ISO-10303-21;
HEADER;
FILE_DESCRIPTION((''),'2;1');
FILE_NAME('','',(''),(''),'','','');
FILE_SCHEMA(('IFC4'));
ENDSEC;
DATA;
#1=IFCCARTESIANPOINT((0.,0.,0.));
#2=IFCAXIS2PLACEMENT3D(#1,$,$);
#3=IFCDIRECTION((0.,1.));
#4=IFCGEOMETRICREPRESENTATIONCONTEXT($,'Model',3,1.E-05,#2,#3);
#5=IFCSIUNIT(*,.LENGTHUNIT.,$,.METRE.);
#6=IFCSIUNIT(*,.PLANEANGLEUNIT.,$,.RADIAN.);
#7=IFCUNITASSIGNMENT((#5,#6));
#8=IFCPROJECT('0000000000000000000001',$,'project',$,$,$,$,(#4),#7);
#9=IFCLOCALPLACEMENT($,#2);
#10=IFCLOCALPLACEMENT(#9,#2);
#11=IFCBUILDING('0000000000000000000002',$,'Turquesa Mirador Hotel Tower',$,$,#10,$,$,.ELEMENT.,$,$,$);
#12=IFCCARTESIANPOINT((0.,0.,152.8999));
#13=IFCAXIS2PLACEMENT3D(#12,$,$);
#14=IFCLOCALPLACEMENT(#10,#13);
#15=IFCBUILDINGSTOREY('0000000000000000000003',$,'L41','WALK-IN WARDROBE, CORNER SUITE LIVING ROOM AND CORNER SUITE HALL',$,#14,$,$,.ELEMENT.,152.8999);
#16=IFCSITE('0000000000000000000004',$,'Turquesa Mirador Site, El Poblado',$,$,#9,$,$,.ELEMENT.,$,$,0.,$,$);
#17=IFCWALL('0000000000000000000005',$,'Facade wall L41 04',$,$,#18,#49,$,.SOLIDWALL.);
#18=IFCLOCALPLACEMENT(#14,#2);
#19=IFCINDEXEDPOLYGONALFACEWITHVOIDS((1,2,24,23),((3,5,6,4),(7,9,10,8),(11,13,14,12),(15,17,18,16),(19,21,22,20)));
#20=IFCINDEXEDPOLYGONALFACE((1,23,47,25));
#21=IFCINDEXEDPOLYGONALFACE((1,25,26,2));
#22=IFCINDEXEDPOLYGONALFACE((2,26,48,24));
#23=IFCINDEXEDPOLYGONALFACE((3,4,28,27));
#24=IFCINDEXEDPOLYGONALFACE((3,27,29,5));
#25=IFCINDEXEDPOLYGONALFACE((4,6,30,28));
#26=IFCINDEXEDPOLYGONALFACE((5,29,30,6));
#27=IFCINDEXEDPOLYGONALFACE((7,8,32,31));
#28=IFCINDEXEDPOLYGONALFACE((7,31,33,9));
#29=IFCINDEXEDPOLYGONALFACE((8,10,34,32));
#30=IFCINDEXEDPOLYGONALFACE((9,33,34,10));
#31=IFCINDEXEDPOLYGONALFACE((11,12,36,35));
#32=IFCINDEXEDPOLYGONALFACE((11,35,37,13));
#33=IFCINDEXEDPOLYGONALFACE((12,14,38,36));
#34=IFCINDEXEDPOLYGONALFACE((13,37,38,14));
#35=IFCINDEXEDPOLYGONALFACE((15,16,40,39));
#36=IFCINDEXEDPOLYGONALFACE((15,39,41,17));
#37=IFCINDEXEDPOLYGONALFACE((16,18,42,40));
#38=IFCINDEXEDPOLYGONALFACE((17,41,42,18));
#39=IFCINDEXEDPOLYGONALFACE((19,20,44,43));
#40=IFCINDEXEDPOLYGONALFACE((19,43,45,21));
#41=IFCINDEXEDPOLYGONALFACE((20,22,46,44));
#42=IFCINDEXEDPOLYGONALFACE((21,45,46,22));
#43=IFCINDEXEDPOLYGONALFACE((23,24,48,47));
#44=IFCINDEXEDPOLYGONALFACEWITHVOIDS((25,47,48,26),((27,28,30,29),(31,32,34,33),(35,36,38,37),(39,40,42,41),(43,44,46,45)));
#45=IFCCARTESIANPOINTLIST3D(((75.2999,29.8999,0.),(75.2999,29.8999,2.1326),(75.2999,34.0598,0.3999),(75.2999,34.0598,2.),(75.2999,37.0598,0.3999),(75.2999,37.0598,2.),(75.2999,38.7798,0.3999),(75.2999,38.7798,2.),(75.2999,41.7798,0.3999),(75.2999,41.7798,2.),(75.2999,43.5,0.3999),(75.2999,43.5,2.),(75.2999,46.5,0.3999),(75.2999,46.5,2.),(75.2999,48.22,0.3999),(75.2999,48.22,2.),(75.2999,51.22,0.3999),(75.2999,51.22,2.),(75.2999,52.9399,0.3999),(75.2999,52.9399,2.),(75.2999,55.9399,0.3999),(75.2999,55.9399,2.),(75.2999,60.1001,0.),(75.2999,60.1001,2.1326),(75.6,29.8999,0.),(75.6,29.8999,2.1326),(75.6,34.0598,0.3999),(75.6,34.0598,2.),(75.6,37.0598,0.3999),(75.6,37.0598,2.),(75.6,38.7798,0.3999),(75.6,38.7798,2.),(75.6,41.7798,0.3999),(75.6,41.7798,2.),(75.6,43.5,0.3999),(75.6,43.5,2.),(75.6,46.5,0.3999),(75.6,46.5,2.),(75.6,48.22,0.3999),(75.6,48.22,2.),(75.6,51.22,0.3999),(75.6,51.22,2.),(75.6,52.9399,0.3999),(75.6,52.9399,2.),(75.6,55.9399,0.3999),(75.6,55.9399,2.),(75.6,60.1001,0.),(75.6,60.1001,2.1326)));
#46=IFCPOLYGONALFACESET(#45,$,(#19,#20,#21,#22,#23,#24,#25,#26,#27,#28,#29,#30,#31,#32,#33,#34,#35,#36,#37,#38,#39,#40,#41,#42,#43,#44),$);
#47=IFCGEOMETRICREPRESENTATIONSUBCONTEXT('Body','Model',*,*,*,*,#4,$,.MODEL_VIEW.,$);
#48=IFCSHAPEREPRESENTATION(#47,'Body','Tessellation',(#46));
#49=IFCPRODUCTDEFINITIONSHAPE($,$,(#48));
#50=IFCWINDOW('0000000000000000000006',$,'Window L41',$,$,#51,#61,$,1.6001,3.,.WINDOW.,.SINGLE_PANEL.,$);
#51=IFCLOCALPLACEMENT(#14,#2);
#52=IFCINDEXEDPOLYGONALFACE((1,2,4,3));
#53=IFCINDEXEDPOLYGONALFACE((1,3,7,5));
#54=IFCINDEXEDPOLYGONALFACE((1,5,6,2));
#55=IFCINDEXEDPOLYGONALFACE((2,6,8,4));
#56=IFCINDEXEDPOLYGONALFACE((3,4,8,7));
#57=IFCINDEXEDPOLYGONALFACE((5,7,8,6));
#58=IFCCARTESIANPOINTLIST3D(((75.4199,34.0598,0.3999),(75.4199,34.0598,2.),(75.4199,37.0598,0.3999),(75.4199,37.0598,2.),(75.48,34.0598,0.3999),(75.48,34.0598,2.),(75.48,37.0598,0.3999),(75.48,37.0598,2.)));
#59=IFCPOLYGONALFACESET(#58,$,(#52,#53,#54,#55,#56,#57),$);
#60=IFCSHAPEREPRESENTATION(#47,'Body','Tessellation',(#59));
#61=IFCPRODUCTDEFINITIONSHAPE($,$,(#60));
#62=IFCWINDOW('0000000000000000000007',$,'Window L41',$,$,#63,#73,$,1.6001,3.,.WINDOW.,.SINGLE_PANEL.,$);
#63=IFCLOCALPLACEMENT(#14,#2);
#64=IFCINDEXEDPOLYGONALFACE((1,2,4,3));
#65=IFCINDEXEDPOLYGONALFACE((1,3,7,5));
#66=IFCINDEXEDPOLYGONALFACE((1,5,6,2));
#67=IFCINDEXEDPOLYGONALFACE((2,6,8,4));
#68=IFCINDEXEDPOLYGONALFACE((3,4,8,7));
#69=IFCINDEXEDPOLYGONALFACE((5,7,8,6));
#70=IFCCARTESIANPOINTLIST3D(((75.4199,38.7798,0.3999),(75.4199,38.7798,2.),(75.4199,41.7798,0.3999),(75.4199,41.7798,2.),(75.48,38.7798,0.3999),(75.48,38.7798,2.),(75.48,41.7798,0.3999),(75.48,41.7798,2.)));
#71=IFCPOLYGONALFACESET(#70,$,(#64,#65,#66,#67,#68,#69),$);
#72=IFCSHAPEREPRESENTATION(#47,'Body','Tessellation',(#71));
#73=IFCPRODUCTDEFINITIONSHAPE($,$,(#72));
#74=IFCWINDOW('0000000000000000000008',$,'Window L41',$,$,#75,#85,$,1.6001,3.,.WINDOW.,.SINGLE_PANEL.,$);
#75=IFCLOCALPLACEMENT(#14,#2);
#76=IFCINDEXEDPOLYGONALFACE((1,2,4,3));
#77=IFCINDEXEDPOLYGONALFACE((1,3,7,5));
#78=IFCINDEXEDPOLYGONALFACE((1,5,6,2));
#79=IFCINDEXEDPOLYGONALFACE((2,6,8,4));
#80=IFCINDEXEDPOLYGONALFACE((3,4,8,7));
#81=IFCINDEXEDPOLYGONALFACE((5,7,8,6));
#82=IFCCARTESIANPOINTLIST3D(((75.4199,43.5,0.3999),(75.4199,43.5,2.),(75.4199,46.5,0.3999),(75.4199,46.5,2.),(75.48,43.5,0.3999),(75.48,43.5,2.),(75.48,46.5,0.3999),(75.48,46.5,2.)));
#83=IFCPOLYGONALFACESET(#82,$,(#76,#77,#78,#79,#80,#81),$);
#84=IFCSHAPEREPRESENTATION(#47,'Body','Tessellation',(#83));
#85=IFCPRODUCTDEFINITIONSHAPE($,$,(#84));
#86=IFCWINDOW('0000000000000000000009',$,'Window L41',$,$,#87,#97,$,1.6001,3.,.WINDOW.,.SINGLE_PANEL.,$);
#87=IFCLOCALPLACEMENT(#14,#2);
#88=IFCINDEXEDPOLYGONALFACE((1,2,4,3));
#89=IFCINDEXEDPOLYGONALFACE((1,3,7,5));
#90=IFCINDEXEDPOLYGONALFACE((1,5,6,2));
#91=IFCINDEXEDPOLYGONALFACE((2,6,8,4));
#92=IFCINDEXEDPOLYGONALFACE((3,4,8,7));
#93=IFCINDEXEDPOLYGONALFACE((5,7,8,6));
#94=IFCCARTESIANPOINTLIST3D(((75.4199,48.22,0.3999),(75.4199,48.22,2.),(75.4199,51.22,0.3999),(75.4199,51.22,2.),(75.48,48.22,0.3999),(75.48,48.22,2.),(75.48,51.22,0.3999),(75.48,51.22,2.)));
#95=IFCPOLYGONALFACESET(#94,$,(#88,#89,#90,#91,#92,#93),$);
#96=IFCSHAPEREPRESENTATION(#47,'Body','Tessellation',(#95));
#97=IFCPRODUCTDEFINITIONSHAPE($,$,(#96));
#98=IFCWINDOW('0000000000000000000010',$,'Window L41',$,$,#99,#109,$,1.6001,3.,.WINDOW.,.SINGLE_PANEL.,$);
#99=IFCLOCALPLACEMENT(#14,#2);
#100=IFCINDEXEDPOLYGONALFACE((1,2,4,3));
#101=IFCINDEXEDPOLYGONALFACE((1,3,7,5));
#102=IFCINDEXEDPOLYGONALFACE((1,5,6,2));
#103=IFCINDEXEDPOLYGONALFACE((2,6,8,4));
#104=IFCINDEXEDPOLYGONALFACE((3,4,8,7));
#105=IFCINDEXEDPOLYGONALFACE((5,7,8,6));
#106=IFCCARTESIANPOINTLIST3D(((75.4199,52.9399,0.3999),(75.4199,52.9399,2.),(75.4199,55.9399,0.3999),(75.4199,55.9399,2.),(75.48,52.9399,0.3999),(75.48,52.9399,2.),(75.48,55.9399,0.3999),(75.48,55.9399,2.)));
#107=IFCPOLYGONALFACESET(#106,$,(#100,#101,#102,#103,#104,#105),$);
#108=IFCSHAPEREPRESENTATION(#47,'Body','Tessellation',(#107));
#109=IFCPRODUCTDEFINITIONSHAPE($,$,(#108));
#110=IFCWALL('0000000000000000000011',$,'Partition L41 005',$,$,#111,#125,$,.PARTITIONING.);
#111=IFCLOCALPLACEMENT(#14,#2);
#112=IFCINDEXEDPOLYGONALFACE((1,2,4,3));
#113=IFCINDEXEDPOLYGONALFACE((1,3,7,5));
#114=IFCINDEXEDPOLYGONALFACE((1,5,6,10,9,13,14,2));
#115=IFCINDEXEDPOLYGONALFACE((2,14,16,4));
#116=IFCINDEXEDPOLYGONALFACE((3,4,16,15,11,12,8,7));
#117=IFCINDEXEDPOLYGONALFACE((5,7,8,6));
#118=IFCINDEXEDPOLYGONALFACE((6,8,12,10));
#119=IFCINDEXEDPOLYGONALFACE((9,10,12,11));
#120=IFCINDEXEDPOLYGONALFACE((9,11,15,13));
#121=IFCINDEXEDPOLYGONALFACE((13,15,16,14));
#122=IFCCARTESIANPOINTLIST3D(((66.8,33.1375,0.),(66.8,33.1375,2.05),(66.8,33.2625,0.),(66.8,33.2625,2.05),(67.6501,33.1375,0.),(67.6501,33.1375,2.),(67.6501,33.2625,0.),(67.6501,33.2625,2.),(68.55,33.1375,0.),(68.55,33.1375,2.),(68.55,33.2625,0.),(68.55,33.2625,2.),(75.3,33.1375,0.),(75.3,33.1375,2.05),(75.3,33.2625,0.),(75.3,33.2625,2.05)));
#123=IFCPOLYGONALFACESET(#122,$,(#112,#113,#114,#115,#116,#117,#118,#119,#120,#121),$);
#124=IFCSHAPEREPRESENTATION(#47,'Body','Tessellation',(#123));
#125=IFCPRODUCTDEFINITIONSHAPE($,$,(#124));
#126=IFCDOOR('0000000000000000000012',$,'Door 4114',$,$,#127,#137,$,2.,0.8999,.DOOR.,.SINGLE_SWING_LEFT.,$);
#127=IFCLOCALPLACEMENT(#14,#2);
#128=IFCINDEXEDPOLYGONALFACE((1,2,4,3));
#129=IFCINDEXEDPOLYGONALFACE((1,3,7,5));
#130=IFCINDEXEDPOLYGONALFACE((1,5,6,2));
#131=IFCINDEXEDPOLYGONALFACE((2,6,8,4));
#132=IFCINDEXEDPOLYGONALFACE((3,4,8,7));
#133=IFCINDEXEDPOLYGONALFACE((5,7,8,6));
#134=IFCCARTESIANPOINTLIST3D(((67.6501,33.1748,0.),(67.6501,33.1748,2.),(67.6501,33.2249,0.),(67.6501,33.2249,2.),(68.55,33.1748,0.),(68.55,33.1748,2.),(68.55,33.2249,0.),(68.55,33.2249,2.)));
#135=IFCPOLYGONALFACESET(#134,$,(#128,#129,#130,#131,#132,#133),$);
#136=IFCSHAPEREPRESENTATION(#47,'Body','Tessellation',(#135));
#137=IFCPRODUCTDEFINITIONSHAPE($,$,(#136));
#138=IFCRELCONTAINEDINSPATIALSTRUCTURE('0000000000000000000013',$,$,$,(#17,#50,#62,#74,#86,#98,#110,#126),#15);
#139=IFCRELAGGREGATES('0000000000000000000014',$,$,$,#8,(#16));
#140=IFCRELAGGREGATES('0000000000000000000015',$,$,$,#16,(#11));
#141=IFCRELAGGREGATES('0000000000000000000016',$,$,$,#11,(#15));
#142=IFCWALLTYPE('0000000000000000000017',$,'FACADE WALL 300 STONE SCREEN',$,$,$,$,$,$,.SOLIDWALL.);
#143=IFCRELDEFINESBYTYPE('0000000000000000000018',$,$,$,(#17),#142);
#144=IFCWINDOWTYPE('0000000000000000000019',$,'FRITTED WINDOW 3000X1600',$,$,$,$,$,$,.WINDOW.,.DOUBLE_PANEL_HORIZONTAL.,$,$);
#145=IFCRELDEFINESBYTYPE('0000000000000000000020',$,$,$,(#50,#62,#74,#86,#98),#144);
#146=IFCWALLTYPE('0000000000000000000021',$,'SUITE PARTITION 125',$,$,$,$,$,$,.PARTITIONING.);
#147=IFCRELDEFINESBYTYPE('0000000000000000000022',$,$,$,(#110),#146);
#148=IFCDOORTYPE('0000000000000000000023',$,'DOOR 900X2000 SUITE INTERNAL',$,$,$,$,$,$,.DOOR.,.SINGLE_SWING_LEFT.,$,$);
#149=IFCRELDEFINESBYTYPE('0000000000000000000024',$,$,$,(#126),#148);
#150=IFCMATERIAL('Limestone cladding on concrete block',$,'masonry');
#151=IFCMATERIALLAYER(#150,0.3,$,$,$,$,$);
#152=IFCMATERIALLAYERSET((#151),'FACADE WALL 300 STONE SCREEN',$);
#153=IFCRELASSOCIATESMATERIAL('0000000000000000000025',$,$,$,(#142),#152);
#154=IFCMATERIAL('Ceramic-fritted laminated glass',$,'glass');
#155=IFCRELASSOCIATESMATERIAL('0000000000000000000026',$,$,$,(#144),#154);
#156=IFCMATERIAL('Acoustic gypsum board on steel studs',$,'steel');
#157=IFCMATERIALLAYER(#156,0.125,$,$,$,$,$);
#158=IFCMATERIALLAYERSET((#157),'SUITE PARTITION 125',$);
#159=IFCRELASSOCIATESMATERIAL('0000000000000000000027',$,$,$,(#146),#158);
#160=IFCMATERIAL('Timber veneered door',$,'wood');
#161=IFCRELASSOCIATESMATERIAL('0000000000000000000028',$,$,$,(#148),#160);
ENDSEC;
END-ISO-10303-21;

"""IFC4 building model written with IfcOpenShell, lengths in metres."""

from ifc_helpers import new_model, si_unit, direction, frame, frame_2d, origin, place, context, subcontext, project, spatial, rectangle, extrude, material, layer, layer_set, type_object, element, fill, save


model = new_model("IFC4")

# Units and contexts
model_context = context("Model", 3, precision=1e-05, world=origin(), true_north=direction((0.0, 1.0)))
body_context = subcontext(model_context, "Body", "Model", "MODEL_VIEW")
ifc_project = project(units=[si_unit("LENGTHUNIT", "METRE"), si_unit("PLANEANGLEUNIT", "RADIAN")], contexts=[model_context])

# Site, building, storey
site_placement = place(None, origin())
site = spatial("IfcSite", under=ifc_project, at=site_placement, Name="Turquesa Mirador Site, El Poblado", CompositionType="ELEMENT", RefElevation=0.0)
building_placement = place(site_placement, origin())
building = spatial("IfcBuilding", under=site, at=building_placement, Name="Turquesa Mirador Hotel Tower", CompositionType="ELEMENT")
storey_placement = place(building_placement, frame((0.0, 0.0, 152.8999)))
storey = spatial("IfcBuildingStorey", under=building, at=storey_placement, Name="L41", Description="WALK-IN WARDROBE, CORNER SUITE LIVING ROOM AND CORNER SUITE HALL", CompositionType="ELEMENT", Elevation=152.8999)

# Shared definitions
ifc_material_1 = material(Name="Limestone cladding on concrete block", Category="masonry")
ifc_layer_1 = layer(ifc_material_1, 0.3)
ifc_layer_set_1 = layer_set([ifc_layer_1], Name="FACADE WALL 300 STONE SCREEN")
wall_type_1 = type_object("IfcWallType", Name="FACADE WALL 300 STONE SCREEN", PredefinedType="SOLIDWALL", material=ifc_layer_set_1)

# Wall, openings, windows
wall_1_placement = place(storey_placement, frame((75.45, 29.8999, 0.0), z_axis=(0.0, 0.0, 1.0), x_axis=(0.0, 1.0, 0.0)))
wall_1 = element("IfcWall", 1, at=wall_1_placement, inside=storey, type_object=wall_type_1, Name="Facade wall L41 04", PredefinedType="SOLIDWALL", context=body_context, shape_type="SweptSolid", body=[
    extrude(rectangle(XDim=30.2002, YDim=0.3, at=frame_2d((15.1001, 0.0))), origin(), (0.0, 0.0, 1.0), 2.1326),
])
opening_1_placement = place(wall_1_placement, frame((4.1599, 0.0, 0.3999)))
opening_1 = element("IfcOpeningElement", 2, at=opening_1_placement, cuts=wall_1, PredefinedType="OPENING", context=body_context, shape_type="SweptSolid", body=[
    extrude(rectangle(XDim=3.0, YDim=1.6001, at=frame_2d((1.5, 0.8))), frame((0.0, 0.1599, 0.0), z_axis=(0.0, -1.0, 0.0), x_axis=(1.0, 0.0, 0.0)), (0.0, 0.0, 1.0), 0.3201),
])
opening_2_placement = place(wall_1_placement, frame((8.8799, 0.0, 0.3999)))
opening_2 = element("IfcOpeningElement", 3, at=opening_2_placement, cuts=wall_1, PredefinedType="OPENING", context=body_context, shape_type="SweptSolid", body=[
    extrude(rectangle(XDim=3.0, YDim=1.6001, at=frame_2d((1.5, 0.8))), frame((0.0, 0.1599, 0.0), z_axis=(0.0, -1.0, 0.0), x_axis=(1.0, 0.0, 0.0)), (0.0, 0.0, 1.0), 0.3201),
])
opening_3_placement = place(wall_1_placement, frame((13.6001, 0.0, 0.3999)))
opening_3 = element("IfcOpeningElement", 4, at=opening_3_placement, cuts=wall_1, PredefinedType="OPENING", context=body_context, shape_type="SweptSolid", body=[
    extrude(rectangle(XDim=3.0, YDim=1.6001, at=frame_2d((1.5, 0.8))), frame((0.0, 0.1599, 0.0), z_axis=(0.0, -1.0, 0.0), x_axis=(1.0, 0.0, 0.0)), (0.0, 0.0, 1.0), 0.3201),
])
opening_4_placement = place(wall_1_placement, frame((18.3201, 0.0, 0.3999)))
opening_4 = element("IfcOpeningElement", 5, at=opening_4_placement, cuts=wall_1, PredefinedType="OPENING", context=body_context, shape_type="SweptSolid", body=[
    extrude(rectangle(XDim=3.0, YDim=1.6001, at=frame_2d((1.5, 0.8))), frame((0.0, 0.1599, 0.0), z_axis=(0.0, -1.0, 0.0), x_axis=(1.0, 0.0, 0.0)), (0.0, 0.0, 1.0), 0.3201),
])
opening_5_placement = place(wall_1_placement, frame((23.04, 0.0, 0.3999)))
opening_5 = element("IfcOpeningElement", 6, at=opening_5_placement, cuts=wall_1, PredefinedType="OPENING", context=body_context, shape_type="SweptSolid", body=[
    extrude(rectangle(XDim=3.0, YDim=1.6001, at=frame_2d((1.5, 0.8))), frame((0.0, 0.1599, 0.0), z_axis=(0.0, -1.0, 0.0), x_axis=(1.0, 0.0, 0.0)), (0.0, 0.0, 1.0), 0.3201),
])
ifc_material_2 = material(Name="Ceramic-fritted laminated glass", Category="glass")
window_type_1 = type_object("IfcWindowType", Name="FRITTED WINDOW 3000X1600", PartitioningType="DOUBLE_PANEL_HORIZONTAL", PredefinedType="WINDOW", material=ifc_material_2)
window_1_placement = place(opening_1_placement, origin())
window_1 = element("IfcWindow", 7, at=window_1_placement, inside=storey, type_object=window_type_1, Name="Window L41", OverallHeight=1.6001, OverallWidth=3.0, PartitioningType="SINGLE_PANEL", PredefinedType="WINDOW", context=body_context, shape_type="SweptSolid", body=[
    extrude(rectangle(XDim=3.0, YDim=1.6001, at=frame_2d((1.5, 0.8))), frame((0.0, 0.03, 0.0), z_axis=(0.0, -1.0, 0.0), x_axis=(1.0, 0.0, 0.0)), (0.0, 0.0, 1.0), 0.0601),
])
fill(opening_1, window_1)
window_2_placement = place(opening_2_placement, origin())
window_2 = element("IfcWindow", 8, at=window_2_placement, inside=storey, type_object=window_type_1, Name="Window L41", OverallHeight=1.6001, OverallWidth=3.0, PartitioningType="SINGLE_PANEL", PredefinedType="WINDOW", context=body_context, shape_type="SweptSolid", body=[
    extrude(rectangle(XDim=3.0, YDim=1.6001, at=frame_2d((1.5, 0.8))), frame((0.0, 0.03, 0.0), z_axis=(0.0, -1.0, 0.0), x_axis=(1.0, 0.0, 0.0)), (0.0, 0.0, 1.0), 0.0601),
])
fill(opening_2, window_2)
window_3_placement = place(opening_3_placement, origin())
window_3 = element("IfcWindow", 9, at=window_3_placement, inside=storey, type_object=window_type_1, Name="Window L41", OverallHeight=1.6001, OverallWidth=3.0, PartitioningType="SINGLE_PANEL", PredefinedType="WINDOW", context=body_context, shape_type="SweptSolid", body=[
    extrude(rectangle(XDim=3.0, YDim=1.6001, at=frame_2d((1.5, 0.8))), frame((0.0, 0.03, 0.0), z_axis=(0.0, -1.0, 0.0), x_axis=(1.0, 0.0, 0.0)), (0.0, 0.0, 1.0), 0.0601),
])
fill(opening_3, window_3)
window_4_placement = place(opening_4_placement, origin())
window_4 = element("IfcWindow", 10, at=window_4_placement, inside=storey, type_object=window_type_1, Name="Window L41", OverallHeight=1.6001, OverallWidth=3.0, PartitioningType="SINGLE_PANEL", PredefinedType="WINDOW", context=body_context, shape_type="SweptSolid", body=[
    extrude(rectangle(XDim=3.0, YDim=1.6001, at=frame_2d((1.5, 0.8))), frame((0.0, 0.03, 0.0), z_axis=(0.0, -1.0, 0.0), x_axis=(1.0, 0.0, 0.0)), (0.0, 0.0, 1.0), 0.0601),
])
fill(opening_4, window_4)
window_5_placement = place(opening_5_placement, origin())
window_5 = element("IfcWindow", 11, at=window_5_placement, inside=storey, type_object=window_type_1, Name="Window L41", OverallHeight=1.6001, OverallWidth=3.0, PartitioningType="SINGLE_PANEL", PredefinedType="WINDOW", context=body_context, shape_type="SweptSolid", body=[
    extrude(rectangle(XDim=3.0, YDim=1.6001, at=frame_2d((1.5, 0.8))), frame((0.0, 0.03, 0.0), z_axis=(0.0, -1.0, 0.0), x_axis=(1.0, 0.0, 0.0)), (0.0, 0.0, 1.0), 0.0601),
])
fill(opening_5, window_5)

# Wall, opening, door
ifc_material_3 = material(Name="Acoustic gypsum board on steel studs", Category="steel")
ifc_layer_2 = layer(ifc_material_3, 0.125)
ifc_layer_set_2 = layer_set([ifc_layer_2], Name="SUITE PARTITION 125")
wall_type_2 = type_object("IfcWallType", Name="SUITE PARTITION 125", PredefinedType="PARTITIONING", material=ifc_layer_set_2)
wall_2_placement = place(storey_placement, frame((66.8, 33.2, 0.0), z_axis=(0.0, 0.0, 1.0), x_axis=(1.0, 0.0, 0.0)))
wall_2 = element("IfcWall", 12, at=wall_2_placement, inside=storey, type_object=wall_type_2, Name="Partition L41 005", PredefinedType="PARTITIONING", context=body_context, shape_type="SweptSolid", body=[
    extrude(rectangle(XDim=8.5, YDim=0.125, at=frame_2d((4.25, 0.0))), origin(), (0.0, 0.0, 1.0), 2.05),
])
opening_6_placement = place(wall_2_placement, frame((0.8501, 0.0, 0.0)))
opening_6 = element("IfcOpeningElement", 13, at=opening_6_placement, cuts=wall_2, PredefinedType="OPENING", context=body_context, shape_type="SweptSolid", body=[
    extrude(rectangle(XDim=0.8999, YDim=2.0, at=frame_2d((0.45, 1.0))), frame((0.0, 0.0725, 0.0), z_axis=(0.0, -1.0, 0.0), x_axis=(1.0, 0.0, 0.0)), (0.0, 0.0, 1.0), 0.145),
])
ifc_material_4 = material(Name="Timber veneered door", Category="wood")
door_type_1 = type_object("IfcDoorType", Name="DOOR 900X2000 SUITE INTERNAL", OperationType="SINGLE_SWING_LEFT", PredefinedType="DOOR", material=ifc_material_4)
door_1_placement = place(opening_6_placement, origin())
door_1 = element("IfcDoor", 14, at=door_1_placement, inside=storey, type_object=door_type_1, Name="Door 4114", OperationType="SINGLE_SWING_LEFT", OverallHeight=2.0, OverallWidth=0.8999, PredefinedType="DOOR", context=body_context, shape_type="SweptSolid", body=[
    extrude(rectangle(XDim=0.8999, YDim=2.0, at=frame_2d((0.45, 1.0))), frame((0.0, 0.0249, 0.0), z_axis=(0.0, -1.0, 0.0), x_axis=(1.0, 0.0, 0.0)), (0.0, 0.0, 1.0), 0.05),
])
fill(opening_6, door_1)

save(model, "model.ifc")
